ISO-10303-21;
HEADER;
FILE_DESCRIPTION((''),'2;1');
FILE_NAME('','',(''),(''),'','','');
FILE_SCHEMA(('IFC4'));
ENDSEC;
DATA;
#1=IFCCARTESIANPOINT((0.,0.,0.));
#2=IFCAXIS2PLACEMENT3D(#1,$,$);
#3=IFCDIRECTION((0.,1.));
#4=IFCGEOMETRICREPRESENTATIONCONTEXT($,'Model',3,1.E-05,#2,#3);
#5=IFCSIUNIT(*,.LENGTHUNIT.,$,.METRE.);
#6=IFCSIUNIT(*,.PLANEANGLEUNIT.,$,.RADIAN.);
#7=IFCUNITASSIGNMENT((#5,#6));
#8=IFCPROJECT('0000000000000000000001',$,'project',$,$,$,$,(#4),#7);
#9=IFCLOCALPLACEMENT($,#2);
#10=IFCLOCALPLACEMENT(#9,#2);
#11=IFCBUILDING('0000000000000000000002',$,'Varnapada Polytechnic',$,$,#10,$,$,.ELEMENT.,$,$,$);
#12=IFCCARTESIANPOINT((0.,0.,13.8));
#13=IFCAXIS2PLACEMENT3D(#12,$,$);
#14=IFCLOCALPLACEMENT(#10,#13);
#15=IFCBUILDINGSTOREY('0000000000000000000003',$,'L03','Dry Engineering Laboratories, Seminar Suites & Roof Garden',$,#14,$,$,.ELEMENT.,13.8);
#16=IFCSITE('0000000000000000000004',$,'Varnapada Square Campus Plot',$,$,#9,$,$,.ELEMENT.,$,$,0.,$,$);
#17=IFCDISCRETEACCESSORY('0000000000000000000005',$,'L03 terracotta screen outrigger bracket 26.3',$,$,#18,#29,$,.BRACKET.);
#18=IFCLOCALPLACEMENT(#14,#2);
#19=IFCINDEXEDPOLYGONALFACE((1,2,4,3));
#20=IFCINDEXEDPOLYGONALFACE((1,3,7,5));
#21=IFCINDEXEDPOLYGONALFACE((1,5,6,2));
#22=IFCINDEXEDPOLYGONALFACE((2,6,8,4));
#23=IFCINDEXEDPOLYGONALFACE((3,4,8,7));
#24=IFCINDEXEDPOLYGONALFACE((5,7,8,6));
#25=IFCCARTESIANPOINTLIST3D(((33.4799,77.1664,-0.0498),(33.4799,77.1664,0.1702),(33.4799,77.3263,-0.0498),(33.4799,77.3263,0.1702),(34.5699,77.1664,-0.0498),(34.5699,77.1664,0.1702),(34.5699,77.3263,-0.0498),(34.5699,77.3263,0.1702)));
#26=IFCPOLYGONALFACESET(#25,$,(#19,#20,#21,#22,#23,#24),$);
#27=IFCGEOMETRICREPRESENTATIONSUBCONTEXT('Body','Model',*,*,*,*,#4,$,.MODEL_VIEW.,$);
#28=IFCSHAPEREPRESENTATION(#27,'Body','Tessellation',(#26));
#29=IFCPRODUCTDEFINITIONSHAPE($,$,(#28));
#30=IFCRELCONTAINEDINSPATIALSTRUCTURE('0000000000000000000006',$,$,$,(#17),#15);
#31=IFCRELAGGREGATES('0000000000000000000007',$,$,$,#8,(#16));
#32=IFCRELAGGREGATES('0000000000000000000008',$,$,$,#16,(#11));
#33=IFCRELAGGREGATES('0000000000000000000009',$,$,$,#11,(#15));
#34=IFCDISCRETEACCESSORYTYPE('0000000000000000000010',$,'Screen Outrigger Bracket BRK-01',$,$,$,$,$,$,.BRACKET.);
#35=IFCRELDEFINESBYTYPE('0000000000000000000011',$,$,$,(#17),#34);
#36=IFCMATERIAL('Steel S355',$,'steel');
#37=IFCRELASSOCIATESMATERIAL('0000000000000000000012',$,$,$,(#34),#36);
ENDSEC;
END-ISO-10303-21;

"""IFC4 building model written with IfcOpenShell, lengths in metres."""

from ifc_helpers import new_model, si_unit, direction, frame, origin, origin_2d, place, context, subcontext, project, spatial, rectangle, extrude, material, type_object, element, save


model = new_model("IFC4")

# Units and contexts
model_context = context("Model", 3, precision=1e-05, world=origin(), true_north=direction((0.0, 1.0)))
body_context = subcontext(model_context, "Body", "Model", "MODEL_VIEW")
ifc_project = project(units=[si_unit("LENGTHUNIT", "METRE"), si_unit("PLANEANGLEUNIT", "RADIAN")], contexts=[model_context])

# Site, building, storey
site_placement = place(None, origin())
site = spatial("IfcSite", under=ifc_project, at=site_placement, Name="Varnapada Square Campus Plot", CompositionType="ELEMENT", RefElevation=0.0)
building_placement = place(site_placement, origin())
building = spatial("IfcBuilding", under=site, at=building_placement, Name="Varnapada Polytechnic", CompositionType="ELEMENT")
storey_placement = place(building_placement, frame((0.0, 0.0, 13.8)))
storey = spatial("IfcBuildingStorey", under=building, at=storey_placement, Name="L03", Description="Dry Engineering Laboratories, Seminar Suites & Roof Garden", CompositionType="ELEMENT", Elevation=13.8)

# Discrete accessory
ifc_material_1 = material(Name="Steel S355", Category="steel")
discrete_accessory_type = type_object("IfcDiscreteAccessoryType", Name="Screen Outrigger Bracket BRK-01", PredefinedType="BRACKET", material=ifc_material_1)
for number, where, z_axis, x_axis, name in (
    (1, (34.0249, 77.2463, -0.0498), (0.0, 0.0, 1.0), (0.0, -1.0, 0.0), "L03 terracotta screen outrigger bracket 26.3"),
):
    element("IfcDiscreteAccessory", number, at=place(storey_placement, frame(where, z_axis=z_axis, x_axis=x_axis)), inside=storey, type_object=discrete_accessory_type, Name=name, PredefinedType="BRACKET", context=body_context, shape_type="SweptSolid", body=[
        extrude(rectangle(XDim=0.1599, YDim=1.0901, at=origin_2d()), origin(), (0.0, 0.0, 1.0), 0.22),
    ])

save(model, "model.ifc")
